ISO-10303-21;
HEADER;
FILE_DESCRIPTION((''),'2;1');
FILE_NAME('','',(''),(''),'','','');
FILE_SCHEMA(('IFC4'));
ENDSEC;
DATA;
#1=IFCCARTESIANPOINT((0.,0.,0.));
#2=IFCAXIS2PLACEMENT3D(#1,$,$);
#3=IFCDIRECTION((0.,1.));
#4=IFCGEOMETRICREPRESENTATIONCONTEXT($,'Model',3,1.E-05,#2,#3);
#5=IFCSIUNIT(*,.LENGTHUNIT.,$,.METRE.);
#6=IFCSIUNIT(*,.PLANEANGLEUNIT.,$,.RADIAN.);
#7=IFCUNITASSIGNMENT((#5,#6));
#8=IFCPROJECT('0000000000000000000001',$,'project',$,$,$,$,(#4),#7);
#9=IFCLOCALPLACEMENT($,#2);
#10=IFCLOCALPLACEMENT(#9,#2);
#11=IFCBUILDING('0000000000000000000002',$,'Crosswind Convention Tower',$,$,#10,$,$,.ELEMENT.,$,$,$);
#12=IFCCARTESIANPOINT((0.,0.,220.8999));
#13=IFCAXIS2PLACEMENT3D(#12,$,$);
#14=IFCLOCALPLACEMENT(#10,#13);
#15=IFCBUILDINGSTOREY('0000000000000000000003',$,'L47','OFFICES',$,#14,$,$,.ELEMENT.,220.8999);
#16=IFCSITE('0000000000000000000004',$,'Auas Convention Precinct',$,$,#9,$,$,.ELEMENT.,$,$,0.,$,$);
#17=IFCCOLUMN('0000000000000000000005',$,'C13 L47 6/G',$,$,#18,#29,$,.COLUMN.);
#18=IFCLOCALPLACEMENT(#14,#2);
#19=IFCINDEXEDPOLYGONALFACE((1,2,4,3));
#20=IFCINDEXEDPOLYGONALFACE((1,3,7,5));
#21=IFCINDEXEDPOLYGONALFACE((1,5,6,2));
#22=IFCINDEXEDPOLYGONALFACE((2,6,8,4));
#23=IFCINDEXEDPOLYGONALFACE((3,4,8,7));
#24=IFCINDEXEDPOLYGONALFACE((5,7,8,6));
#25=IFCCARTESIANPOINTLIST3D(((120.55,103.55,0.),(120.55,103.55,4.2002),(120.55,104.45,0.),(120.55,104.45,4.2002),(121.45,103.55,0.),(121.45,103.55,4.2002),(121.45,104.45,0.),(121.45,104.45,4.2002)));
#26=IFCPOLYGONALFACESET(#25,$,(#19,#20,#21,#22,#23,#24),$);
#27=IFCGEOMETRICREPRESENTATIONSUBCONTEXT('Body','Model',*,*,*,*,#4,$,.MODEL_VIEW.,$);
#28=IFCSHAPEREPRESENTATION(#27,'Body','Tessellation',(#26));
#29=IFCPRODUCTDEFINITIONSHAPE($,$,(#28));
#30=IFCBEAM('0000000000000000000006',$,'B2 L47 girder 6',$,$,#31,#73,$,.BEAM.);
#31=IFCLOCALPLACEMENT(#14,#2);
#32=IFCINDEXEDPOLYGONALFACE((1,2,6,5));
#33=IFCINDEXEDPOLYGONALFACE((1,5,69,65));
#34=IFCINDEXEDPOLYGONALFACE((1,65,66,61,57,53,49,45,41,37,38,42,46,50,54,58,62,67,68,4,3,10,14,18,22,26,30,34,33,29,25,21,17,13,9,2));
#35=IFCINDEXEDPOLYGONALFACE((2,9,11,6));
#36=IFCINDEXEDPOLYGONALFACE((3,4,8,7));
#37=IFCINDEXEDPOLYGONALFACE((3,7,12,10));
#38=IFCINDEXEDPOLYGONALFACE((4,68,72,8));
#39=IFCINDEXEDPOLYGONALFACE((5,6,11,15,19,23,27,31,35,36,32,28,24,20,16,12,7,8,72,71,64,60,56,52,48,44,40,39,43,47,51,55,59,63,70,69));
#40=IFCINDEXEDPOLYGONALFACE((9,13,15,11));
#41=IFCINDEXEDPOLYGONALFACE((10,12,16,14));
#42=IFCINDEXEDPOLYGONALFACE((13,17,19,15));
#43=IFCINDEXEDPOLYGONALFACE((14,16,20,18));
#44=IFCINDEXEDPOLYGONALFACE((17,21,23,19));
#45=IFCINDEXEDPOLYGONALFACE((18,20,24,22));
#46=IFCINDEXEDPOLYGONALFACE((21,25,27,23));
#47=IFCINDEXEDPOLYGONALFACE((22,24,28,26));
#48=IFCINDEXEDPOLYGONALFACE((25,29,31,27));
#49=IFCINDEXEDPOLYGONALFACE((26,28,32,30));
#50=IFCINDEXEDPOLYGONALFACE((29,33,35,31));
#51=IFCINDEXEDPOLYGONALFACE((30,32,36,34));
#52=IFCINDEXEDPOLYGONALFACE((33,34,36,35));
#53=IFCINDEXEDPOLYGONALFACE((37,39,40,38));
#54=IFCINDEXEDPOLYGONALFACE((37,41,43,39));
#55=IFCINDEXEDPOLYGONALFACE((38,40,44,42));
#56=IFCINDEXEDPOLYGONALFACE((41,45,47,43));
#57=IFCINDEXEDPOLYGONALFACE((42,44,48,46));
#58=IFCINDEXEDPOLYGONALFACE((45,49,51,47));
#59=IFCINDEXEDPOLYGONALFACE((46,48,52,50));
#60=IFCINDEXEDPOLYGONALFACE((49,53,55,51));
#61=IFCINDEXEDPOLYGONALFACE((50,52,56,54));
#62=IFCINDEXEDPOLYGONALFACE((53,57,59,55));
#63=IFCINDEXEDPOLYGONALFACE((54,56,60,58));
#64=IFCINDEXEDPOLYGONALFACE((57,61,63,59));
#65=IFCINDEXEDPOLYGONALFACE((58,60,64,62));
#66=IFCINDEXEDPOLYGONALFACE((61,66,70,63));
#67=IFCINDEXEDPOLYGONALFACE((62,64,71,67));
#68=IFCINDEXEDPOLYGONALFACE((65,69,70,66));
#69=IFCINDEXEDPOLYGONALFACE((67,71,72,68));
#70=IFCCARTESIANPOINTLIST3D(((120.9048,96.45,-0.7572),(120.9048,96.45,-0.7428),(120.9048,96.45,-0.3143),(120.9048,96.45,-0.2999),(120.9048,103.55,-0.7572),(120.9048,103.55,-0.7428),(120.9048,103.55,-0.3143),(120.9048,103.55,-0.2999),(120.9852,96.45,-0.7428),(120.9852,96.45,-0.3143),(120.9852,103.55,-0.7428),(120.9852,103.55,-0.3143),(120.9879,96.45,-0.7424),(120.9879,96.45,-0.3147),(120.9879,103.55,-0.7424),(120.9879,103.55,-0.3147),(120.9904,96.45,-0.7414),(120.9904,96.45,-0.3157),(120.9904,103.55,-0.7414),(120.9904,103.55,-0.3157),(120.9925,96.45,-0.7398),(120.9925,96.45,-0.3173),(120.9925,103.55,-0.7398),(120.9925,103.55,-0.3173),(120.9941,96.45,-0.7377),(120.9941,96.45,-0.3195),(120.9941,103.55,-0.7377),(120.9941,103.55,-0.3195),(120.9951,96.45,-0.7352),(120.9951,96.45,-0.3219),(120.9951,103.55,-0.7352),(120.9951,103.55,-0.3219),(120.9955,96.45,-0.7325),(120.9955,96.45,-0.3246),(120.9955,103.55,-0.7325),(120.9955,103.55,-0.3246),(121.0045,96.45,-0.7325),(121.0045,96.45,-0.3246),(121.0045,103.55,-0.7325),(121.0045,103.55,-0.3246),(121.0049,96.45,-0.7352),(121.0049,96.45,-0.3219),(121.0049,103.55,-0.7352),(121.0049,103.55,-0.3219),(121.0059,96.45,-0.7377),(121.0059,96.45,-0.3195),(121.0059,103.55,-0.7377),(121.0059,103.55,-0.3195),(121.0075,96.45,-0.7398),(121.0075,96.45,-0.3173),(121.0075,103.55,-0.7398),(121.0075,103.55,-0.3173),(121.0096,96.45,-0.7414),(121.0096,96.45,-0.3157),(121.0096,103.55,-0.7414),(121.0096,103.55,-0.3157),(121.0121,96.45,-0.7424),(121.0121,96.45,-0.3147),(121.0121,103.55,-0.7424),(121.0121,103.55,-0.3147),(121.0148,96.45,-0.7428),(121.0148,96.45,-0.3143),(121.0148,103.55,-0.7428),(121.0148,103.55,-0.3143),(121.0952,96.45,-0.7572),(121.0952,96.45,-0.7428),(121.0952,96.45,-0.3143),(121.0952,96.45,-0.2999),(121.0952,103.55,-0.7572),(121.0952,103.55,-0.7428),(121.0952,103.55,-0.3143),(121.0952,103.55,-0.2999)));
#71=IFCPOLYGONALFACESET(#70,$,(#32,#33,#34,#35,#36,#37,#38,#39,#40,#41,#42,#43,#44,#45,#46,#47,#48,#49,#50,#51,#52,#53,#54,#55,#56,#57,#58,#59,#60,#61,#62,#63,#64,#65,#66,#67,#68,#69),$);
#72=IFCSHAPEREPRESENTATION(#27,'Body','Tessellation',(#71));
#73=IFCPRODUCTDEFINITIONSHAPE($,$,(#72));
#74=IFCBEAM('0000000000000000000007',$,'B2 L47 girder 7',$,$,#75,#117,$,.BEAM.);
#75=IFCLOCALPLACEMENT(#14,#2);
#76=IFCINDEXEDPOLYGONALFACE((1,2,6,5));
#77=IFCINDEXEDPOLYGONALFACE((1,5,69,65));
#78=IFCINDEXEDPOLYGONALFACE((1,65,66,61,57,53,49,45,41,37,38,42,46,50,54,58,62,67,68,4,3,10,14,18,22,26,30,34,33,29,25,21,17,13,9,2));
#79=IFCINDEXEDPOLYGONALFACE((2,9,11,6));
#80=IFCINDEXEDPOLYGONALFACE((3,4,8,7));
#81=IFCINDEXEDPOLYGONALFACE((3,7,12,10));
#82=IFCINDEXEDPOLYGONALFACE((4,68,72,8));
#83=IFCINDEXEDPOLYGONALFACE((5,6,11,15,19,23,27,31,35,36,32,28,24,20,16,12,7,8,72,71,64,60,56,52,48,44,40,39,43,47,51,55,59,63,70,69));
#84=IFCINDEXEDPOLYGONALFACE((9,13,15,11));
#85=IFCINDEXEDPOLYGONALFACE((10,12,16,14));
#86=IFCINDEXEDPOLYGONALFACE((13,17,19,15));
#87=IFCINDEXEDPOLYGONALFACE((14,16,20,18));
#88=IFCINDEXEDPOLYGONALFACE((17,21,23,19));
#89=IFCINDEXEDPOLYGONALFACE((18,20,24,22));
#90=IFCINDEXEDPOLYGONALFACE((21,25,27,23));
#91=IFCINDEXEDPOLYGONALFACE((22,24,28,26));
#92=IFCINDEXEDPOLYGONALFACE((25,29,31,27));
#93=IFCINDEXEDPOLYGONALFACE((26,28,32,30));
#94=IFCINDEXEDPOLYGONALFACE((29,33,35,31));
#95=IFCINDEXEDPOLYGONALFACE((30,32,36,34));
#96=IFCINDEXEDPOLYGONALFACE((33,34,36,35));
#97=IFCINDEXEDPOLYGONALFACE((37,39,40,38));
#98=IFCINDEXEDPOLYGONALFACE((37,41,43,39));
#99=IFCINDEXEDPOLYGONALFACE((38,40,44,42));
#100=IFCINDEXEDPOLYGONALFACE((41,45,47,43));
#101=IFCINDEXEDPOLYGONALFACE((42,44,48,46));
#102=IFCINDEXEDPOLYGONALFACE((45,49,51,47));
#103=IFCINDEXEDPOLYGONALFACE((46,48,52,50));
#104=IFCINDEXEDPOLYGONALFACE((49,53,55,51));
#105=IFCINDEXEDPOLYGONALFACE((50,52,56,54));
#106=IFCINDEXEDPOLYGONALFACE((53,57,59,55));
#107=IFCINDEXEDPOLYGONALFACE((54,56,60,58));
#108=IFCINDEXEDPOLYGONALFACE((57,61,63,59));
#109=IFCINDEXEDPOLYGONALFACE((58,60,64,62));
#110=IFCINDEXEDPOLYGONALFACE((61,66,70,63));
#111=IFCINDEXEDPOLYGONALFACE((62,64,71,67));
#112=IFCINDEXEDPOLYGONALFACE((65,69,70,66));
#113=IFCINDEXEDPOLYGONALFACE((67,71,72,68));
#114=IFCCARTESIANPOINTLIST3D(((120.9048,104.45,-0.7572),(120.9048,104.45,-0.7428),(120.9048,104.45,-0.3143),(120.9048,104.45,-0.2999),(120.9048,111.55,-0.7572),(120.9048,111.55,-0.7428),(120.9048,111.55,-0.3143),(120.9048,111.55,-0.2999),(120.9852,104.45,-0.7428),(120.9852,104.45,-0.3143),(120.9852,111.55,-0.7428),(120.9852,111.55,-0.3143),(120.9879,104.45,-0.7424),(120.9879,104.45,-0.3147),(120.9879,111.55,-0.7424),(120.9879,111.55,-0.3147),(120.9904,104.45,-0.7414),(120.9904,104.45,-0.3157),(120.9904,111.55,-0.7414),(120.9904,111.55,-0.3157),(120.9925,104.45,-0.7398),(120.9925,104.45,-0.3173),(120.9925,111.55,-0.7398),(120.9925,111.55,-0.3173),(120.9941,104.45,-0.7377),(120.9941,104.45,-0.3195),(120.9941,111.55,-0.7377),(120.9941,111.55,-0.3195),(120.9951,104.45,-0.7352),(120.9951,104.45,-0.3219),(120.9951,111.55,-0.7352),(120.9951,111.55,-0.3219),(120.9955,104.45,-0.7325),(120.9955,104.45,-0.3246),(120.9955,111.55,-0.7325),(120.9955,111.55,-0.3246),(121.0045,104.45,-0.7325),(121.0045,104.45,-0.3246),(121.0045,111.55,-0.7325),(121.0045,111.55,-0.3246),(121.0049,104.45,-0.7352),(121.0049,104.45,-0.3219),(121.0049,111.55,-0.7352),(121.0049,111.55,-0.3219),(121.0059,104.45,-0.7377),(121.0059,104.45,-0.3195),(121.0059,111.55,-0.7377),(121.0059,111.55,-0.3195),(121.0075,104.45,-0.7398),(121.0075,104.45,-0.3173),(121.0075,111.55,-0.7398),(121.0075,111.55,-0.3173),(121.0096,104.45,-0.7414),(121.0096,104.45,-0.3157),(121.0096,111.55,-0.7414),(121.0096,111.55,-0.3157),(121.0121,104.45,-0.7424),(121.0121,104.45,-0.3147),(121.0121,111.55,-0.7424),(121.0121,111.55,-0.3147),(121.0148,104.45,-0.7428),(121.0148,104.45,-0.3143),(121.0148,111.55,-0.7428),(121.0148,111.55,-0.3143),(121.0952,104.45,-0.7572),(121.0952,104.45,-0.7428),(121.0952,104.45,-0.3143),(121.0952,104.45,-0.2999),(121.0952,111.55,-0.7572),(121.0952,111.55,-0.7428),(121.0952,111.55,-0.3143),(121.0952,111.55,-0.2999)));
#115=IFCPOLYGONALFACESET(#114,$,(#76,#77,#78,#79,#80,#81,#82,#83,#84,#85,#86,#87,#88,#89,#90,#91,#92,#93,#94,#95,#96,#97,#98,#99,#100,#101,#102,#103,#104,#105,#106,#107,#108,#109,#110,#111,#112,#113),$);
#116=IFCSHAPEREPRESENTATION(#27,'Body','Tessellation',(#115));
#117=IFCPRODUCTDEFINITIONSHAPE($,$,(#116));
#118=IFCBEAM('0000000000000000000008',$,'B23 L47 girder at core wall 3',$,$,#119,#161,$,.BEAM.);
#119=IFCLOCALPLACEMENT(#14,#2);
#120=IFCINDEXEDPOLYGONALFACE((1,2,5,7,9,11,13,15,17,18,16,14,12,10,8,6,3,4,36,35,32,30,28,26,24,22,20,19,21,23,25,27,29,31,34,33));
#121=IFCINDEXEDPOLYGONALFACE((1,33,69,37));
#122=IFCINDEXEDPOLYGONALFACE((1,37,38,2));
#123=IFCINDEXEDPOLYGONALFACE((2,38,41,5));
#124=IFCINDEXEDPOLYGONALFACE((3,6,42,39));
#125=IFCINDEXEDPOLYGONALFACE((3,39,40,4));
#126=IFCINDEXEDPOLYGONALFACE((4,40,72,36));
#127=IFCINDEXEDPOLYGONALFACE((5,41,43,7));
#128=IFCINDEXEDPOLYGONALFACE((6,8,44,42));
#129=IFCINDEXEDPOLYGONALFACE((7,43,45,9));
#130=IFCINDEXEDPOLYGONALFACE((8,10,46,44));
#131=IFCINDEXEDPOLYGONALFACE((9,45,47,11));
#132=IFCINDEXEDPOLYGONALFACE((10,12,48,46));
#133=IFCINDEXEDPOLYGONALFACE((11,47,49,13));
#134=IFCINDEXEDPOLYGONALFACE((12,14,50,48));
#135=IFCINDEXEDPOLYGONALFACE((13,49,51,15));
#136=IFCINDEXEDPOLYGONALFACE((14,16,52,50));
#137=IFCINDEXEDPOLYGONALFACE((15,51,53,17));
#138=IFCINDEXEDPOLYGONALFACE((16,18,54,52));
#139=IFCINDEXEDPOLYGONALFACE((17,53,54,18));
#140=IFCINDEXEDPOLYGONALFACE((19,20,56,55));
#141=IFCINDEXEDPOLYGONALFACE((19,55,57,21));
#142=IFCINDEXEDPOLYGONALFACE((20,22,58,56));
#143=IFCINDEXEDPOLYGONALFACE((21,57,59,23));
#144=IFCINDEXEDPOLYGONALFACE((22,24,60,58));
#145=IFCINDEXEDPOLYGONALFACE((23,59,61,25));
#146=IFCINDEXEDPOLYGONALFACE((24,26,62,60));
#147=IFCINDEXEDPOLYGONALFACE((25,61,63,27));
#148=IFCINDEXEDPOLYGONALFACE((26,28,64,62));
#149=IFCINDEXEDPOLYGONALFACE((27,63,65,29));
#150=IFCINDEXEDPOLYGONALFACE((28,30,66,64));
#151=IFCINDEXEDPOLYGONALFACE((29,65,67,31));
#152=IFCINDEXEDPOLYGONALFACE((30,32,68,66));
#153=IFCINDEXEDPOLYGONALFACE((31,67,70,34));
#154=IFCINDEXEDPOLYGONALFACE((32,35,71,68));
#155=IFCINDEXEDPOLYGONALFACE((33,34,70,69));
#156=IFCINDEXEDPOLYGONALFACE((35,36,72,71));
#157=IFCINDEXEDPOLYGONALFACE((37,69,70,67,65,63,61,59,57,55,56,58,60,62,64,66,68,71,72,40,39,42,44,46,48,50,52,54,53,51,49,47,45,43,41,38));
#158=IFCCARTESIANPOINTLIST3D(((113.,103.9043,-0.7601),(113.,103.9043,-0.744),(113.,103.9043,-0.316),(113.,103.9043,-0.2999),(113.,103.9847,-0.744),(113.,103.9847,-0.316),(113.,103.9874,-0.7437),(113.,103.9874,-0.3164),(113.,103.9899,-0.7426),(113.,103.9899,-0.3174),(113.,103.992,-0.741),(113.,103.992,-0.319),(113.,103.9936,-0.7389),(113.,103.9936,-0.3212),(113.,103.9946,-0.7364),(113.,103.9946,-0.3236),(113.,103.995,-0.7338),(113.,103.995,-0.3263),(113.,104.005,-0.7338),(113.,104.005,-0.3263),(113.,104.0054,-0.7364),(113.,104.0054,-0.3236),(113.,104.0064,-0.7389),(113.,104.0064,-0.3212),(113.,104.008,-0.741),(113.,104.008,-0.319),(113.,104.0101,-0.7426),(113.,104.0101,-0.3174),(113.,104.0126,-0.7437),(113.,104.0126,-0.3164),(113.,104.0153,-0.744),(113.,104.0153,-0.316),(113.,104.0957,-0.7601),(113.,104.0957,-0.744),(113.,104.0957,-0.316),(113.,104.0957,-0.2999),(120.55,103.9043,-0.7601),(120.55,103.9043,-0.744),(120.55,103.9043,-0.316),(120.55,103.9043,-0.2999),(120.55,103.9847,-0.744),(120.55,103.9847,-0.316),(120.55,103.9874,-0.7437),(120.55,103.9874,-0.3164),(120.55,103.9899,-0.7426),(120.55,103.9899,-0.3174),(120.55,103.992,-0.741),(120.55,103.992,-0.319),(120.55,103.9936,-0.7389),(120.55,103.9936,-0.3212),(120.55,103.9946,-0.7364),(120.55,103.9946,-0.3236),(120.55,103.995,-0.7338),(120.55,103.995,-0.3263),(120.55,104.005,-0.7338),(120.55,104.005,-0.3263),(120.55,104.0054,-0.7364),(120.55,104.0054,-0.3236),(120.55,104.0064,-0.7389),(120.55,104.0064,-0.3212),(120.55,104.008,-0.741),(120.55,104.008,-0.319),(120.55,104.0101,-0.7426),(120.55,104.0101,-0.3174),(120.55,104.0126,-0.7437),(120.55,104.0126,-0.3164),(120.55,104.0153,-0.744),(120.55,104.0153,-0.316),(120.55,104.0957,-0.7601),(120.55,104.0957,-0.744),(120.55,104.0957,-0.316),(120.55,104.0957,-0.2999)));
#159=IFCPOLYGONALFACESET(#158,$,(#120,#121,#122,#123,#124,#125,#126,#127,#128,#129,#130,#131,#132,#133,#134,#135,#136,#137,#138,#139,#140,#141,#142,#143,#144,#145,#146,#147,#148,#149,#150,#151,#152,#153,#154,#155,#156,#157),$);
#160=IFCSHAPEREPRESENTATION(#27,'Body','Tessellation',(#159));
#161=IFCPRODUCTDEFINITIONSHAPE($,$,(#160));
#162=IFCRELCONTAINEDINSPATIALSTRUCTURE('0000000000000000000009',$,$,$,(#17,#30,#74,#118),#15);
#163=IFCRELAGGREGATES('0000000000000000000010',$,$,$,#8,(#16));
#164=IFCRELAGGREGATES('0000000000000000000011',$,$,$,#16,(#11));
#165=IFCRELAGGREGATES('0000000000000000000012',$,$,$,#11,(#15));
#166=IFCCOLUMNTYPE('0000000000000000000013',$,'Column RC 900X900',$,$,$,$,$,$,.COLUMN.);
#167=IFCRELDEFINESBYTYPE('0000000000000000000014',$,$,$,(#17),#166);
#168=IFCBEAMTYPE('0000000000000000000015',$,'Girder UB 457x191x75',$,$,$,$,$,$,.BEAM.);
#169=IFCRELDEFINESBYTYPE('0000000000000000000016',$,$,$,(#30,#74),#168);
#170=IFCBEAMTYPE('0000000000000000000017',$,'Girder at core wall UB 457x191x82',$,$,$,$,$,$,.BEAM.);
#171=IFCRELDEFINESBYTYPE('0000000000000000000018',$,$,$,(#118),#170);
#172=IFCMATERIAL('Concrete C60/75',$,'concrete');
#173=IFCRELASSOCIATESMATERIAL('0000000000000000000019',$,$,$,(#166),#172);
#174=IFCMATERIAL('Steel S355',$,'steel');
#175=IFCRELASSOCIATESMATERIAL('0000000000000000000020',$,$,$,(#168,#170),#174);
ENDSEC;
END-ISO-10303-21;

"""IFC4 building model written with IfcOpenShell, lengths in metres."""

from ifc_helpers import new_model, si_unit, direction, frame, origin, origin_2d, place, context, subcontext, project, spatial, rectangle, i_section, extrude, material, material_profile, profile_set, type_object, element, save


model = new_model("IFC4")

# Units and contexts
model_context = context("Model", 3, precision=1e-05, world=origin(), true_north=direction((0.0, 1.0)))
body_context = subcontext(model_context, "Body", "Model", "MODEL_VIEW")
ifc_project = project(units=[si_unit("LENGTHUNIT", "METRE"), si_unit("PLANEANGLEUNIT", "RADIAN")], contexts=[model_context])

# Site, building, storey
site_placement = place(None, origin())
site = spatial("IfcSite", under=ifc_project, at=site_placement, Name="Auas Convention Precinct", CompositionType="ELEMENT", RefElevation=0.0)
building_placement = place(site_placement, origin())
building = spatial("IfcBuilding", under=site, at=building_placement, Name="Crosswind Convention Tower", CompositionType="ELEMENT")
storey_placement = place(building_placement, frame((0.0, 0.0, 220.8999)))
storey = spatial("IfcBuildingStorey", under=building, at=storey_placement, Name="L47", Description="OFFICES", CompositionType="ELEMENT", Elevation=220.8999)

# Column
ifc_material_1 = material(Name="Concrete C60/75", Category="concrete")
ifc_material_profile_1 = material_profile(ifc_material_1, rectangle(XDim=0.8999, YDim=0.8999, at=origin_2d()), Name="RC 900X900")
ifc_profile_set_1 = profile_set([ifc_material_profile_1], Name="Concrete C60/75")
column_type = type_object("IfcColumnType", Name="Column RC 900X900", PredefinedType="COLUMN", material=ifc_profile_set_1)
column_placement = place(storey_placement, frame((121.0, 104.0, 0.0), z_axis=(0.0, 0.0, 1.0), x_axis=(1.0, 0.0, 0.0)))
element("IfcColumn", 1, at=column_placement, inside=storey, type_object=column_type, Name="C13 L47 6/G", PredefinedType="COLUMN", context=body_context, shape_type="SweptSolid", body=[
    extrude(rectangle(XDim=0.8999, YDim=0.8999, at=origin_2d()), origin(), (0.0, 0.0, 1.0), 4.2002),
])

# Beams
ifc_material_2 = material(Name="Steel S355", Category="steel")
ifc_material_profile_2 = material_profile(ifc_material_2, i_section(OverallWidth=0.1904, OverallDepth=0.4573, WebThickness=0.009, FlangeThickness=0.0144, FilletRadius=0.0103, at=origin_2d()), Name="UB 457x191x75")
ifc_profile_set_2 = profile_set([ifc_material_profile_2], Name="Steel S355")
beam_type_1 = type_object("IfcBeamType", Name="Girder UB 457x191x75", PredefinedType="BEAM", material=ifc_profile_set_2)
for number, where, z_axis, x_axis, name in (
    (2, (121.0, 96.45, -0.5286), (0.0, 1.0, 0.0), (-1.0, 0.0, 0.0), "B2 L47 girder 6"),
    (3, (121.0, 104.45, -0.5286), (0.0, 1.0, 0.0), (-1.0, 0.0, 0.0), "B2 L47 girder 7"),
):
    element("IfcBeam", number, at=place(storey_placement, frame(where, z_axis=z_axis, x_axis=x_axis)), inside=storey, type_object=beam_type_1, Name=name, PredefinedType="BEAM", context=body_context, shape_type="SweptSolid", body=[
        extrude(i_section(OverallWidth=0.1904, OverallDepth=0.4573, WebThickness=0.009, FlangeThickness=0.0144, FilletRadius=0.0103, at=origin_2d()), origin(), (0.0, 0.0, 1.0), 7.1001),
    ])
ifc_material_profile_3 = material_profile(ifc_material_2, i_section(OverallWidth=0.1914, OverallDepth=0.4602, WebThickness=0.01, FlangeThickness=0.0161, FilletRadius=0.0103, at=origin_2d()), Name="UB 457x191x82")
ifc_profile_set_3 = profile_set([ifc_material_profile_3], Name="Steel S355")
beam_type_2 = type_object("IfcBeamType", Name="Girder at core wall UB 457x191x82", PredefinedType="BEAM", material=ifc_profile_set_3)
beam_placement = place(storey_placement, frame((113.0, 104.0, -0.53), z_axis=(1.0, 0.0, 0.0), x_axis=(0.0, 1.0, 0.0)))
element("IfcBeam", 4, at=beam_placement, inside=storey, type_object=beam_type_2, Name="B23 L47 girder at core wall 3", PredefinedType="BEAM", context=body_context, shape_type="SweptSolid", body=[
    extrude(i_section(OverallWidth=0.1914, OverallDepth=0.4602, WebThickness=0.01, FlangeThickness=0.0161, FilletRadius=0.0103, at=origin_2d()), origin(), (0.0, 0.0, 1.0), 7.55),
])

save(model, "model.ifc")
